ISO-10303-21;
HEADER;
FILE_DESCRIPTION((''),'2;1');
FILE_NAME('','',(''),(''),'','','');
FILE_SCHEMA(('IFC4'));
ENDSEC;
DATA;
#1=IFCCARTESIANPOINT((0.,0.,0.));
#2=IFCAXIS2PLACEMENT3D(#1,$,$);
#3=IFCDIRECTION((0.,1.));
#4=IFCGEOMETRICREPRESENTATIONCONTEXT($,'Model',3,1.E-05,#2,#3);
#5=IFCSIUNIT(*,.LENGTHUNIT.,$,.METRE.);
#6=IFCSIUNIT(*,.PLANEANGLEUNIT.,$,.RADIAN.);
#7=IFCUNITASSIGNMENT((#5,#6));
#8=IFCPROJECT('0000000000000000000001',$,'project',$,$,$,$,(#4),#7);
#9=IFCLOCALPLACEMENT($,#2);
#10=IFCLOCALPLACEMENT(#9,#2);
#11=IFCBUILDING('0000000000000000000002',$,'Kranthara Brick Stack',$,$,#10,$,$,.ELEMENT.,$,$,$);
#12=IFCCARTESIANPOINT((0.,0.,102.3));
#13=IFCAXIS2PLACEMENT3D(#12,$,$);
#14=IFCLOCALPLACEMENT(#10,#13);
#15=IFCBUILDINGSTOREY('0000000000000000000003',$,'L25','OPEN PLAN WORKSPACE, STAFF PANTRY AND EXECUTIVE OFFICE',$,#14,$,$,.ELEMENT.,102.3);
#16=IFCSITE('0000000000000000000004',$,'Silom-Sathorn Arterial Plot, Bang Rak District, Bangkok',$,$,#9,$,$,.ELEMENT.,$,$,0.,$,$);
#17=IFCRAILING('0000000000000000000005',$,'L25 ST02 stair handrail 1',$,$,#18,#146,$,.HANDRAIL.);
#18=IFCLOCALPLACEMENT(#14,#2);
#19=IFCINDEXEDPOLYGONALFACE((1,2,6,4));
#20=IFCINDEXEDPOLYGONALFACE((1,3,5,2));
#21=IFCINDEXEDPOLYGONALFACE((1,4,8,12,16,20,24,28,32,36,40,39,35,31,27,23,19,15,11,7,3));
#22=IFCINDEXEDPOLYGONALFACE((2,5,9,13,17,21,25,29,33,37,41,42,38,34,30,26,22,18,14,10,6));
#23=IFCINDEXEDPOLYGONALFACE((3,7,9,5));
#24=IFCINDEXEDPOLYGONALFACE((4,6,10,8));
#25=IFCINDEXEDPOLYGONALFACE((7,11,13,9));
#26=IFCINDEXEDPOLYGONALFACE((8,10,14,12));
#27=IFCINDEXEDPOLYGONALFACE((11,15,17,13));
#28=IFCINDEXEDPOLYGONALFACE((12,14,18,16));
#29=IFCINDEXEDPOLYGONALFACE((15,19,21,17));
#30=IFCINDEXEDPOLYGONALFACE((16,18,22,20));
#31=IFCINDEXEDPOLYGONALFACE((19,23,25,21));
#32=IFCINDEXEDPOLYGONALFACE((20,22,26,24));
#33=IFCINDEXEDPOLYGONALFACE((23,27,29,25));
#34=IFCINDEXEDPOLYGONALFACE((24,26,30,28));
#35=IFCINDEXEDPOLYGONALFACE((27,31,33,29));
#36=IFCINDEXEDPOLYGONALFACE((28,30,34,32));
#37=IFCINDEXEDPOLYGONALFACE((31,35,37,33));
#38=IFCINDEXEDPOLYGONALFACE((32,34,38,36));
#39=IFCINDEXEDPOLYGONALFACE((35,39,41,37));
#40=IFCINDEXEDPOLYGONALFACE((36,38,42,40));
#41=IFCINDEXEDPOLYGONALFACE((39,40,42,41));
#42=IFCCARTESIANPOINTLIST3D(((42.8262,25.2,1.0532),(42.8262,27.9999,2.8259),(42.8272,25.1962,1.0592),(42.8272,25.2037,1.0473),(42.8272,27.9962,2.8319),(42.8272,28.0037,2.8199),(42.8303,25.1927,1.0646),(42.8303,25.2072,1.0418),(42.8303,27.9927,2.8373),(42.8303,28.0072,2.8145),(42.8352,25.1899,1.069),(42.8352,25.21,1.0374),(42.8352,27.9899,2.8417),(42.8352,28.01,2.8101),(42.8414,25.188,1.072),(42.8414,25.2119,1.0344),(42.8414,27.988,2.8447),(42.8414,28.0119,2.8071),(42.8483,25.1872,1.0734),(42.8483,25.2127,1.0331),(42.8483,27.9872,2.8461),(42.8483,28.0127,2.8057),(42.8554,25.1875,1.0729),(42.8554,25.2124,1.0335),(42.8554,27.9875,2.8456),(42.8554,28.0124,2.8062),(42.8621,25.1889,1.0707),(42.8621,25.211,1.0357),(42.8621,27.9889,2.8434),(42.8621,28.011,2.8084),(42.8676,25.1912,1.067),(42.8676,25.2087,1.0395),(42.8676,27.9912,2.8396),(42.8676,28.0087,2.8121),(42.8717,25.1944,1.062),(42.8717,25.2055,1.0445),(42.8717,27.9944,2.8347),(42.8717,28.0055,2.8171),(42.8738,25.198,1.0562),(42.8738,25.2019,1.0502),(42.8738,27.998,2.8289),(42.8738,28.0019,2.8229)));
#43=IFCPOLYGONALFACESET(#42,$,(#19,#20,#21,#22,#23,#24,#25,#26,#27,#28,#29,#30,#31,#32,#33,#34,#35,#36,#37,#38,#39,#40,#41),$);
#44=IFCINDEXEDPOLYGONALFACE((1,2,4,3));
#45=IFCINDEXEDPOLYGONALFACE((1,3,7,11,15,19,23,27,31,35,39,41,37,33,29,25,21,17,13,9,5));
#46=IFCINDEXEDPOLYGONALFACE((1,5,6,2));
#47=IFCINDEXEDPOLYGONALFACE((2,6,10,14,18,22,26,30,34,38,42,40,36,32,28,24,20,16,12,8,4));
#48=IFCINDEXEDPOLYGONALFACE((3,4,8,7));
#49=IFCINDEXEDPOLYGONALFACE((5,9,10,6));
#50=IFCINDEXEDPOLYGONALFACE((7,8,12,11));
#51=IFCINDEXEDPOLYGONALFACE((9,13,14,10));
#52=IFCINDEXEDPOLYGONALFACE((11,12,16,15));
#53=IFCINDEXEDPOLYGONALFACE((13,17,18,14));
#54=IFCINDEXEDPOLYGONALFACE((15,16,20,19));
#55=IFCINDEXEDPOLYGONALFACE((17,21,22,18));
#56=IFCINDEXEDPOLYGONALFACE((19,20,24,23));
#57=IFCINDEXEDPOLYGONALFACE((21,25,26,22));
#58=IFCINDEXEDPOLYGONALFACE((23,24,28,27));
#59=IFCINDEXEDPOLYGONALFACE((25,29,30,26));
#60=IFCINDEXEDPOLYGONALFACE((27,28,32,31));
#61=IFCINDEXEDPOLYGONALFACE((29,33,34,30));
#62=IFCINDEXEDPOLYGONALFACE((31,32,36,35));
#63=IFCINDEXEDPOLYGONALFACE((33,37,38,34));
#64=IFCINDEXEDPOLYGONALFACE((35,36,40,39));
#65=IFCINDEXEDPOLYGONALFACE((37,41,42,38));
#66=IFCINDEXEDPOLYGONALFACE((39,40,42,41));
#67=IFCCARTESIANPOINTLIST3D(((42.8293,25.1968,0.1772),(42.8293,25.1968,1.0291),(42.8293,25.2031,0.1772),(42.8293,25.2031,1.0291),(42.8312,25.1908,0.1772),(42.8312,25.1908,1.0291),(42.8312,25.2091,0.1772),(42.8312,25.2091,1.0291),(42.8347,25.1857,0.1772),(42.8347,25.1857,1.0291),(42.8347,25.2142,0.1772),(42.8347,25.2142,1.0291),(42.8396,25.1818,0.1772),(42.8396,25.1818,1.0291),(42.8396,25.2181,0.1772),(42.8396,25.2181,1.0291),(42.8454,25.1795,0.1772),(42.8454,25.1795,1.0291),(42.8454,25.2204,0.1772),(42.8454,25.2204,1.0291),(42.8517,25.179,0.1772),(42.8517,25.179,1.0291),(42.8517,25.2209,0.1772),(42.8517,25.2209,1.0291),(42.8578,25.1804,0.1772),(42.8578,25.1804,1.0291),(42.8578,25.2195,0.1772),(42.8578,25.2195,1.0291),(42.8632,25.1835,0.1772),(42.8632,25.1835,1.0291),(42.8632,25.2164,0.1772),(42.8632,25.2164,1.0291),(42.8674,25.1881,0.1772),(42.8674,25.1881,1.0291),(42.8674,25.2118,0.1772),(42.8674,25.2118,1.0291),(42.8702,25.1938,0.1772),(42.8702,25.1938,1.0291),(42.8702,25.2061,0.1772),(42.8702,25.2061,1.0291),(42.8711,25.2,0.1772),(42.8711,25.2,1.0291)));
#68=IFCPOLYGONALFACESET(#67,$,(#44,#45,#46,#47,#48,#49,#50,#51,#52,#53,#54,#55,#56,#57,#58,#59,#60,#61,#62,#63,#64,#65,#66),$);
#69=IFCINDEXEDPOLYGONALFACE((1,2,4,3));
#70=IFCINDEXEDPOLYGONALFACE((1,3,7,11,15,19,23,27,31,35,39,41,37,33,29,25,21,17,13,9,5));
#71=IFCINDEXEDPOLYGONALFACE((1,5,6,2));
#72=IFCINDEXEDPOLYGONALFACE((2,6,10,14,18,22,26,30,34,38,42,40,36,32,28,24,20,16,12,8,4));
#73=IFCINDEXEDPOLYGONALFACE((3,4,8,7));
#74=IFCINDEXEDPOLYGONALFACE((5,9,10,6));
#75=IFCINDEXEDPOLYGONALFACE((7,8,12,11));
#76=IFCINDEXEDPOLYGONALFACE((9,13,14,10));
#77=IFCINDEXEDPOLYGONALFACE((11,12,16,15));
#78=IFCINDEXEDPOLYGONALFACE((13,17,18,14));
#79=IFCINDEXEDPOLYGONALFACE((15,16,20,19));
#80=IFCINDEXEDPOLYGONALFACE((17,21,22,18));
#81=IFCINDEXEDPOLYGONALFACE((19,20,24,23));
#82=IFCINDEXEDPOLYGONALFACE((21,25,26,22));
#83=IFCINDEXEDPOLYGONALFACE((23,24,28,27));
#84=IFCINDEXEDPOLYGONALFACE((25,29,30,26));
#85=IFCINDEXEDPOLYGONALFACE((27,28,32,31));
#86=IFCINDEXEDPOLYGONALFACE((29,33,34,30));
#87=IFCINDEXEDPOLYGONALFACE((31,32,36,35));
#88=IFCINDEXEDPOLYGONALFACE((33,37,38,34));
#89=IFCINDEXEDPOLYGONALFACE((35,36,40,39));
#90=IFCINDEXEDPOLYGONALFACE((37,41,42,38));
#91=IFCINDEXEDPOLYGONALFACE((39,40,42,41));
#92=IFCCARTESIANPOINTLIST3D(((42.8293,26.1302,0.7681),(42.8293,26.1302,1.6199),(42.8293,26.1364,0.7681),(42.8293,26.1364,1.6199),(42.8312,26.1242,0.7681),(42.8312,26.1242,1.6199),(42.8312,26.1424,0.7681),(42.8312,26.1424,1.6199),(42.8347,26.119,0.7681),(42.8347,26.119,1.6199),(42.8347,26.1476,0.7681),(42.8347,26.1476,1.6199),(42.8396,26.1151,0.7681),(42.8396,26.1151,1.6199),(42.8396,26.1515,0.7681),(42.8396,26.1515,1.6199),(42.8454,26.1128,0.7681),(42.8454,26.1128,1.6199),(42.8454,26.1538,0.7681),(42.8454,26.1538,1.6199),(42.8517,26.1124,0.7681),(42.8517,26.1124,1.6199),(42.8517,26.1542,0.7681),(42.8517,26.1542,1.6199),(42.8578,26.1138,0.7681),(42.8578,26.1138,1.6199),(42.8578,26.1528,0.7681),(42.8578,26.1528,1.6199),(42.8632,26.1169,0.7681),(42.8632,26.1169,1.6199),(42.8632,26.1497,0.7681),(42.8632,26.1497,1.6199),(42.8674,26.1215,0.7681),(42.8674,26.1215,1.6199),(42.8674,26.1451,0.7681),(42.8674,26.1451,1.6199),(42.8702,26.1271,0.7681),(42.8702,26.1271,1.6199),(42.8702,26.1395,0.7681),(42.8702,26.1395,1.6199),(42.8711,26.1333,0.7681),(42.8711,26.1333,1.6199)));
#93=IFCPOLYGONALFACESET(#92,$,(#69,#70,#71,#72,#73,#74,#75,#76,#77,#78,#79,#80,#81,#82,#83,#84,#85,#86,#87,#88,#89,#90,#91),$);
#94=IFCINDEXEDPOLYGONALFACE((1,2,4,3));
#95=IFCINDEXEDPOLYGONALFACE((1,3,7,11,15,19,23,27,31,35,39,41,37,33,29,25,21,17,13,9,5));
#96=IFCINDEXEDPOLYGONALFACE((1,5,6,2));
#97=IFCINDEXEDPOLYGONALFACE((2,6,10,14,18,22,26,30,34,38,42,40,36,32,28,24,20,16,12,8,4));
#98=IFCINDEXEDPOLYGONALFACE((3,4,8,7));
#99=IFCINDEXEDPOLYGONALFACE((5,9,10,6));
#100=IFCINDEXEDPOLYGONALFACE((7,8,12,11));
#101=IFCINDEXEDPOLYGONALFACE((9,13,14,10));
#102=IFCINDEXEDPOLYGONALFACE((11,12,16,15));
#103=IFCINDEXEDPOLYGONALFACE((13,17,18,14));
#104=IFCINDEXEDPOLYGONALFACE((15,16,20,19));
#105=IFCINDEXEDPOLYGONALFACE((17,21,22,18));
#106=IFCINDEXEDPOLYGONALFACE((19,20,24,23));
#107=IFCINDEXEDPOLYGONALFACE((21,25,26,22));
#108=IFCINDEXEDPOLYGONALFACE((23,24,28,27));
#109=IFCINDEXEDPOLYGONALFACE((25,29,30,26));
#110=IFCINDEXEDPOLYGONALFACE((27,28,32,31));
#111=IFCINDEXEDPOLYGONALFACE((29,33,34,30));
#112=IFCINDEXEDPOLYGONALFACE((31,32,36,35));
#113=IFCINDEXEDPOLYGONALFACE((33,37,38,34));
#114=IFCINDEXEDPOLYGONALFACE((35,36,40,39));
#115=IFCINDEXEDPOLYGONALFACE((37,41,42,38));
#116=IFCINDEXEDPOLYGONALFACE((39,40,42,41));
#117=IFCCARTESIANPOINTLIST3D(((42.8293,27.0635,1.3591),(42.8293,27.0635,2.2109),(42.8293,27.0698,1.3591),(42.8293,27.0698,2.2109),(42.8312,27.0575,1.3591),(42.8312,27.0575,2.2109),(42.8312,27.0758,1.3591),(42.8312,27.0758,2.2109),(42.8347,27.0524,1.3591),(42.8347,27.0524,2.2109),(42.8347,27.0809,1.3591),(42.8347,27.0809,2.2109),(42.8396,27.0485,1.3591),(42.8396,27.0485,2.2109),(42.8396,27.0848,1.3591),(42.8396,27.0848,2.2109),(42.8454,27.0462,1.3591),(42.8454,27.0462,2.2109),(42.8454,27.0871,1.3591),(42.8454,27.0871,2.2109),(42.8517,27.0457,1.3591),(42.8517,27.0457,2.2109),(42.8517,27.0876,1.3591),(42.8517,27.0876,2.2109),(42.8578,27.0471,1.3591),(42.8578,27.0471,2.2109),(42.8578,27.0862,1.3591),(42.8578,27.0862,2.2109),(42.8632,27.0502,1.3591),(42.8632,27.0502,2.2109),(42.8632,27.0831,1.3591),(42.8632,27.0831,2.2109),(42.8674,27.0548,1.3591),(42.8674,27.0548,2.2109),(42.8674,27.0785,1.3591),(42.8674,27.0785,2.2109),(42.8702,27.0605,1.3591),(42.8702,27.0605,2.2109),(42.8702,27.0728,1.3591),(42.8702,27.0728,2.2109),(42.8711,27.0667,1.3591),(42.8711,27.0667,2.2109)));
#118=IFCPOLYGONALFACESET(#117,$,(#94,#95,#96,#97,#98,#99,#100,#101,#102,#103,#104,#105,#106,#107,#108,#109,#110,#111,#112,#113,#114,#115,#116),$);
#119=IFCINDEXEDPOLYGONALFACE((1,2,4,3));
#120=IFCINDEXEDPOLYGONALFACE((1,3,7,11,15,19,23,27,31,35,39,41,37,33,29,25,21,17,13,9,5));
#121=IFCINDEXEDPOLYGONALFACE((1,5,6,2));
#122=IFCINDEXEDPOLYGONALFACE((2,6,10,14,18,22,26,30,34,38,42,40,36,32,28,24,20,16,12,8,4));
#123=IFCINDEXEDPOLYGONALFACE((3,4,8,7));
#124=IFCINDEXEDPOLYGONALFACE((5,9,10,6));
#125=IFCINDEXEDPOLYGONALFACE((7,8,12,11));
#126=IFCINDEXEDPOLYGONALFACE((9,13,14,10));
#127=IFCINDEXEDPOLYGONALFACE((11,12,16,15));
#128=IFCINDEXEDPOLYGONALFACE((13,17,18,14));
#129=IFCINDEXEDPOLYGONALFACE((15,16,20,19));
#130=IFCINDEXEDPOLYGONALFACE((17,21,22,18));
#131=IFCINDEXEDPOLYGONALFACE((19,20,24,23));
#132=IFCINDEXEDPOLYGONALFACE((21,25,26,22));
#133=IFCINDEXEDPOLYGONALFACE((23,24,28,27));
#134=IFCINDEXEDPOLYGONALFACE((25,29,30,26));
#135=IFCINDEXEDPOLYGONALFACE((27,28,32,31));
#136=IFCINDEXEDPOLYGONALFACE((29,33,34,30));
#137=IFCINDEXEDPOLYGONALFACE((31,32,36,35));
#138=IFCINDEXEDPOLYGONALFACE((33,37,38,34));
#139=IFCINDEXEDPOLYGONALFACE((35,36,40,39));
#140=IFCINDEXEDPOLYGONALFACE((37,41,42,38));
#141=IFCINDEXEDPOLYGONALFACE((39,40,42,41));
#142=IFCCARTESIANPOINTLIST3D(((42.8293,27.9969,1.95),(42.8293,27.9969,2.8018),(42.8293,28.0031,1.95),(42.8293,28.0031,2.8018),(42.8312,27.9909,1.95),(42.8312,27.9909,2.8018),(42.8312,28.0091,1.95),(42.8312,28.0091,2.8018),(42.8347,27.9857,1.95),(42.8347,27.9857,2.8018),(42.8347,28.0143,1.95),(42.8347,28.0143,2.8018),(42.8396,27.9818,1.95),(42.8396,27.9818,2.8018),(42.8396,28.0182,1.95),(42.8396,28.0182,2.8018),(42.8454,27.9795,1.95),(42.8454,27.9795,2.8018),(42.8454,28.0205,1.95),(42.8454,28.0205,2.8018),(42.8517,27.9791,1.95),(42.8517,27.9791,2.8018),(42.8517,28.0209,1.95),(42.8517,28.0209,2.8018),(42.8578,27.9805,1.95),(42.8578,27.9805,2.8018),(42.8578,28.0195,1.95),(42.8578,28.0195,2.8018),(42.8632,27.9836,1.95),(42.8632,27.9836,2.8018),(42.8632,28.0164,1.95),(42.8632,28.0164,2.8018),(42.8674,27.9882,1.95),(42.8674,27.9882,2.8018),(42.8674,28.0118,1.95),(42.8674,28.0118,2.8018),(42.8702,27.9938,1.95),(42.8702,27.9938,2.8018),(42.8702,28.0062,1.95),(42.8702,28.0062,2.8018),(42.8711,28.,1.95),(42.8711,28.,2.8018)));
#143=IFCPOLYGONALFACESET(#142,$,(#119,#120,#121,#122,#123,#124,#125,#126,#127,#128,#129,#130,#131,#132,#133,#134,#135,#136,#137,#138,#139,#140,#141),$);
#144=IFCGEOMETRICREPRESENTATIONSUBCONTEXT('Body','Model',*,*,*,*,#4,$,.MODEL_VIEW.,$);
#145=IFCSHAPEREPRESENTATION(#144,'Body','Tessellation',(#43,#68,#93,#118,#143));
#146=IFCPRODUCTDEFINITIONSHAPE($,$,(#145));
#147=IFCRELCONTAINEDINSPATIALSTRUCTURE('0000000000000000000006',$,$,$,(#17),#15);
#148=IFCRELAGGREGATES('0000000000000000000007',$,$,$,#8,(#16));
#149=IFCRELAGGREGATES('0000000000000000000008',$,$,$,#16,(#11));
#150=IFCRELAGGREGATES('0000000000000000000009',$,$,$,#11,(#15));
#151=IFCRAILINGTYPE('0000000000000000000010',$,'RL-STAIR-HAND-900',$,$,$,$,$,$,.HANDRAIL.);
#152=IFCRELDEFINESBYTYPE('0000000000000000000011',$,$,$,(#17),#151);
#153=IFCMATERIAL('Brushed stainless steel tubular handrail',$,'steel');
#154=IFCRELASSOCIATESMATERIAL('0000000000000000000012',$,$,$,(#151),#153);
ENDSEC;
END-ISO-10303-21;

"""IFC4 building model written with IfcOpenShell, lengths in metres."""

from ifc_helpers import new_model, si_unit, direction, frame, origin, origin_2d, place, context, subcontext, project, spatial, circle, extrude, material, type_object, element, save


model = new_model("IFC4")

# Units and contexts
model_context = context("Model", 3, precision=1e-05, world=origin(), true_north=direction((0.0, 1.0)))
body_context = subcontext(model_context, "Body", "Model", "MODEL_VIEW")
ifc_project = project(units=[si_unit("LENGTHUNIT", "METRE"), si_unit("PLANEANGLEUNIT", "RADIAN")], contexts=[model_context])

# Site, building, storey
site_placement = place(None, origin())
site = spatial("IfcSite", under=ifc_project, at=site_placement, Name="Silom-Sathorn Arterial Plot, Bang Rak District, Bangkok", CompositionType="ELEMENT", RefElevation=0.0)
building_placement = place(site_placement, origin())
building = spatial("IfcBuilding", under=site, at=building_placement, Name="Kranthara Brick Stack", CompositionType="ELEMENT")
storey_placement = place(building_placement, frame((0.0, 0.0, 102.3)))
storey = spatial("IfcBuildingStorey", under=building, at=storey_placement, Name="L25", Description="OPEN PLAN WORKSPACE, STAFF PANTRY AND EXECUTIVE OFFICE", CompositionType="ELEMENT", Elevation=102.3)

# Railing
ifc_material_1 = material(Name="Brushed stainless steel tubular handrail", Category="steel")
railing_type_1 = type_object("IfcRailingType", Name="RL-STAIR-HAND-900", PredefinedType="HANDRAIL", material=ifc_material_1)
railing_1_placement = place(storey_placement, frame((42.8501, 25.2, 0.1772)))
element("IfcRailing", 1, at=railing_1_placement, inside=storey, type_object=railing_type_1, Name="L25 ST02 stair handrail 1", PredefinedType="HANDRAIL", context=body_context, shape_type="SweptSolid", body=[
    extrude(circle(Radius=0.0239, at=origin_2d()), frame((0.0, 0.0, 0.876), z_axis=(0.0, 0.844909, 0.53491), x_axis=(-1.0, 0.0, 0.0)), (0.0, 0.0, 1.0), 3.314),
    extrude(circle(Radius=0.021, at=origin_2d()), origin(), (0.0, 0.0, 1.0), 0.8518),
    extrude(circle(Radius=0.021, at=origin_2d()), frame((0.0, 0.9333, 0.5908)), (0.0, 0.0, 1.0), 0.8518),
    extrude(circle(Radius=0.021, at=origin_2d()), frame((0.0, 1.8667, 1.1819)), (0.0, 0.0, 1.0), 0.8518),
    extrude(circle(Radius=0.021, at=origin_2d()), frame((0.0, 2.8, 1.7727)), (0.0, 0.0, 1.0), 0.8518),
])

save(model, "model.ifc")
